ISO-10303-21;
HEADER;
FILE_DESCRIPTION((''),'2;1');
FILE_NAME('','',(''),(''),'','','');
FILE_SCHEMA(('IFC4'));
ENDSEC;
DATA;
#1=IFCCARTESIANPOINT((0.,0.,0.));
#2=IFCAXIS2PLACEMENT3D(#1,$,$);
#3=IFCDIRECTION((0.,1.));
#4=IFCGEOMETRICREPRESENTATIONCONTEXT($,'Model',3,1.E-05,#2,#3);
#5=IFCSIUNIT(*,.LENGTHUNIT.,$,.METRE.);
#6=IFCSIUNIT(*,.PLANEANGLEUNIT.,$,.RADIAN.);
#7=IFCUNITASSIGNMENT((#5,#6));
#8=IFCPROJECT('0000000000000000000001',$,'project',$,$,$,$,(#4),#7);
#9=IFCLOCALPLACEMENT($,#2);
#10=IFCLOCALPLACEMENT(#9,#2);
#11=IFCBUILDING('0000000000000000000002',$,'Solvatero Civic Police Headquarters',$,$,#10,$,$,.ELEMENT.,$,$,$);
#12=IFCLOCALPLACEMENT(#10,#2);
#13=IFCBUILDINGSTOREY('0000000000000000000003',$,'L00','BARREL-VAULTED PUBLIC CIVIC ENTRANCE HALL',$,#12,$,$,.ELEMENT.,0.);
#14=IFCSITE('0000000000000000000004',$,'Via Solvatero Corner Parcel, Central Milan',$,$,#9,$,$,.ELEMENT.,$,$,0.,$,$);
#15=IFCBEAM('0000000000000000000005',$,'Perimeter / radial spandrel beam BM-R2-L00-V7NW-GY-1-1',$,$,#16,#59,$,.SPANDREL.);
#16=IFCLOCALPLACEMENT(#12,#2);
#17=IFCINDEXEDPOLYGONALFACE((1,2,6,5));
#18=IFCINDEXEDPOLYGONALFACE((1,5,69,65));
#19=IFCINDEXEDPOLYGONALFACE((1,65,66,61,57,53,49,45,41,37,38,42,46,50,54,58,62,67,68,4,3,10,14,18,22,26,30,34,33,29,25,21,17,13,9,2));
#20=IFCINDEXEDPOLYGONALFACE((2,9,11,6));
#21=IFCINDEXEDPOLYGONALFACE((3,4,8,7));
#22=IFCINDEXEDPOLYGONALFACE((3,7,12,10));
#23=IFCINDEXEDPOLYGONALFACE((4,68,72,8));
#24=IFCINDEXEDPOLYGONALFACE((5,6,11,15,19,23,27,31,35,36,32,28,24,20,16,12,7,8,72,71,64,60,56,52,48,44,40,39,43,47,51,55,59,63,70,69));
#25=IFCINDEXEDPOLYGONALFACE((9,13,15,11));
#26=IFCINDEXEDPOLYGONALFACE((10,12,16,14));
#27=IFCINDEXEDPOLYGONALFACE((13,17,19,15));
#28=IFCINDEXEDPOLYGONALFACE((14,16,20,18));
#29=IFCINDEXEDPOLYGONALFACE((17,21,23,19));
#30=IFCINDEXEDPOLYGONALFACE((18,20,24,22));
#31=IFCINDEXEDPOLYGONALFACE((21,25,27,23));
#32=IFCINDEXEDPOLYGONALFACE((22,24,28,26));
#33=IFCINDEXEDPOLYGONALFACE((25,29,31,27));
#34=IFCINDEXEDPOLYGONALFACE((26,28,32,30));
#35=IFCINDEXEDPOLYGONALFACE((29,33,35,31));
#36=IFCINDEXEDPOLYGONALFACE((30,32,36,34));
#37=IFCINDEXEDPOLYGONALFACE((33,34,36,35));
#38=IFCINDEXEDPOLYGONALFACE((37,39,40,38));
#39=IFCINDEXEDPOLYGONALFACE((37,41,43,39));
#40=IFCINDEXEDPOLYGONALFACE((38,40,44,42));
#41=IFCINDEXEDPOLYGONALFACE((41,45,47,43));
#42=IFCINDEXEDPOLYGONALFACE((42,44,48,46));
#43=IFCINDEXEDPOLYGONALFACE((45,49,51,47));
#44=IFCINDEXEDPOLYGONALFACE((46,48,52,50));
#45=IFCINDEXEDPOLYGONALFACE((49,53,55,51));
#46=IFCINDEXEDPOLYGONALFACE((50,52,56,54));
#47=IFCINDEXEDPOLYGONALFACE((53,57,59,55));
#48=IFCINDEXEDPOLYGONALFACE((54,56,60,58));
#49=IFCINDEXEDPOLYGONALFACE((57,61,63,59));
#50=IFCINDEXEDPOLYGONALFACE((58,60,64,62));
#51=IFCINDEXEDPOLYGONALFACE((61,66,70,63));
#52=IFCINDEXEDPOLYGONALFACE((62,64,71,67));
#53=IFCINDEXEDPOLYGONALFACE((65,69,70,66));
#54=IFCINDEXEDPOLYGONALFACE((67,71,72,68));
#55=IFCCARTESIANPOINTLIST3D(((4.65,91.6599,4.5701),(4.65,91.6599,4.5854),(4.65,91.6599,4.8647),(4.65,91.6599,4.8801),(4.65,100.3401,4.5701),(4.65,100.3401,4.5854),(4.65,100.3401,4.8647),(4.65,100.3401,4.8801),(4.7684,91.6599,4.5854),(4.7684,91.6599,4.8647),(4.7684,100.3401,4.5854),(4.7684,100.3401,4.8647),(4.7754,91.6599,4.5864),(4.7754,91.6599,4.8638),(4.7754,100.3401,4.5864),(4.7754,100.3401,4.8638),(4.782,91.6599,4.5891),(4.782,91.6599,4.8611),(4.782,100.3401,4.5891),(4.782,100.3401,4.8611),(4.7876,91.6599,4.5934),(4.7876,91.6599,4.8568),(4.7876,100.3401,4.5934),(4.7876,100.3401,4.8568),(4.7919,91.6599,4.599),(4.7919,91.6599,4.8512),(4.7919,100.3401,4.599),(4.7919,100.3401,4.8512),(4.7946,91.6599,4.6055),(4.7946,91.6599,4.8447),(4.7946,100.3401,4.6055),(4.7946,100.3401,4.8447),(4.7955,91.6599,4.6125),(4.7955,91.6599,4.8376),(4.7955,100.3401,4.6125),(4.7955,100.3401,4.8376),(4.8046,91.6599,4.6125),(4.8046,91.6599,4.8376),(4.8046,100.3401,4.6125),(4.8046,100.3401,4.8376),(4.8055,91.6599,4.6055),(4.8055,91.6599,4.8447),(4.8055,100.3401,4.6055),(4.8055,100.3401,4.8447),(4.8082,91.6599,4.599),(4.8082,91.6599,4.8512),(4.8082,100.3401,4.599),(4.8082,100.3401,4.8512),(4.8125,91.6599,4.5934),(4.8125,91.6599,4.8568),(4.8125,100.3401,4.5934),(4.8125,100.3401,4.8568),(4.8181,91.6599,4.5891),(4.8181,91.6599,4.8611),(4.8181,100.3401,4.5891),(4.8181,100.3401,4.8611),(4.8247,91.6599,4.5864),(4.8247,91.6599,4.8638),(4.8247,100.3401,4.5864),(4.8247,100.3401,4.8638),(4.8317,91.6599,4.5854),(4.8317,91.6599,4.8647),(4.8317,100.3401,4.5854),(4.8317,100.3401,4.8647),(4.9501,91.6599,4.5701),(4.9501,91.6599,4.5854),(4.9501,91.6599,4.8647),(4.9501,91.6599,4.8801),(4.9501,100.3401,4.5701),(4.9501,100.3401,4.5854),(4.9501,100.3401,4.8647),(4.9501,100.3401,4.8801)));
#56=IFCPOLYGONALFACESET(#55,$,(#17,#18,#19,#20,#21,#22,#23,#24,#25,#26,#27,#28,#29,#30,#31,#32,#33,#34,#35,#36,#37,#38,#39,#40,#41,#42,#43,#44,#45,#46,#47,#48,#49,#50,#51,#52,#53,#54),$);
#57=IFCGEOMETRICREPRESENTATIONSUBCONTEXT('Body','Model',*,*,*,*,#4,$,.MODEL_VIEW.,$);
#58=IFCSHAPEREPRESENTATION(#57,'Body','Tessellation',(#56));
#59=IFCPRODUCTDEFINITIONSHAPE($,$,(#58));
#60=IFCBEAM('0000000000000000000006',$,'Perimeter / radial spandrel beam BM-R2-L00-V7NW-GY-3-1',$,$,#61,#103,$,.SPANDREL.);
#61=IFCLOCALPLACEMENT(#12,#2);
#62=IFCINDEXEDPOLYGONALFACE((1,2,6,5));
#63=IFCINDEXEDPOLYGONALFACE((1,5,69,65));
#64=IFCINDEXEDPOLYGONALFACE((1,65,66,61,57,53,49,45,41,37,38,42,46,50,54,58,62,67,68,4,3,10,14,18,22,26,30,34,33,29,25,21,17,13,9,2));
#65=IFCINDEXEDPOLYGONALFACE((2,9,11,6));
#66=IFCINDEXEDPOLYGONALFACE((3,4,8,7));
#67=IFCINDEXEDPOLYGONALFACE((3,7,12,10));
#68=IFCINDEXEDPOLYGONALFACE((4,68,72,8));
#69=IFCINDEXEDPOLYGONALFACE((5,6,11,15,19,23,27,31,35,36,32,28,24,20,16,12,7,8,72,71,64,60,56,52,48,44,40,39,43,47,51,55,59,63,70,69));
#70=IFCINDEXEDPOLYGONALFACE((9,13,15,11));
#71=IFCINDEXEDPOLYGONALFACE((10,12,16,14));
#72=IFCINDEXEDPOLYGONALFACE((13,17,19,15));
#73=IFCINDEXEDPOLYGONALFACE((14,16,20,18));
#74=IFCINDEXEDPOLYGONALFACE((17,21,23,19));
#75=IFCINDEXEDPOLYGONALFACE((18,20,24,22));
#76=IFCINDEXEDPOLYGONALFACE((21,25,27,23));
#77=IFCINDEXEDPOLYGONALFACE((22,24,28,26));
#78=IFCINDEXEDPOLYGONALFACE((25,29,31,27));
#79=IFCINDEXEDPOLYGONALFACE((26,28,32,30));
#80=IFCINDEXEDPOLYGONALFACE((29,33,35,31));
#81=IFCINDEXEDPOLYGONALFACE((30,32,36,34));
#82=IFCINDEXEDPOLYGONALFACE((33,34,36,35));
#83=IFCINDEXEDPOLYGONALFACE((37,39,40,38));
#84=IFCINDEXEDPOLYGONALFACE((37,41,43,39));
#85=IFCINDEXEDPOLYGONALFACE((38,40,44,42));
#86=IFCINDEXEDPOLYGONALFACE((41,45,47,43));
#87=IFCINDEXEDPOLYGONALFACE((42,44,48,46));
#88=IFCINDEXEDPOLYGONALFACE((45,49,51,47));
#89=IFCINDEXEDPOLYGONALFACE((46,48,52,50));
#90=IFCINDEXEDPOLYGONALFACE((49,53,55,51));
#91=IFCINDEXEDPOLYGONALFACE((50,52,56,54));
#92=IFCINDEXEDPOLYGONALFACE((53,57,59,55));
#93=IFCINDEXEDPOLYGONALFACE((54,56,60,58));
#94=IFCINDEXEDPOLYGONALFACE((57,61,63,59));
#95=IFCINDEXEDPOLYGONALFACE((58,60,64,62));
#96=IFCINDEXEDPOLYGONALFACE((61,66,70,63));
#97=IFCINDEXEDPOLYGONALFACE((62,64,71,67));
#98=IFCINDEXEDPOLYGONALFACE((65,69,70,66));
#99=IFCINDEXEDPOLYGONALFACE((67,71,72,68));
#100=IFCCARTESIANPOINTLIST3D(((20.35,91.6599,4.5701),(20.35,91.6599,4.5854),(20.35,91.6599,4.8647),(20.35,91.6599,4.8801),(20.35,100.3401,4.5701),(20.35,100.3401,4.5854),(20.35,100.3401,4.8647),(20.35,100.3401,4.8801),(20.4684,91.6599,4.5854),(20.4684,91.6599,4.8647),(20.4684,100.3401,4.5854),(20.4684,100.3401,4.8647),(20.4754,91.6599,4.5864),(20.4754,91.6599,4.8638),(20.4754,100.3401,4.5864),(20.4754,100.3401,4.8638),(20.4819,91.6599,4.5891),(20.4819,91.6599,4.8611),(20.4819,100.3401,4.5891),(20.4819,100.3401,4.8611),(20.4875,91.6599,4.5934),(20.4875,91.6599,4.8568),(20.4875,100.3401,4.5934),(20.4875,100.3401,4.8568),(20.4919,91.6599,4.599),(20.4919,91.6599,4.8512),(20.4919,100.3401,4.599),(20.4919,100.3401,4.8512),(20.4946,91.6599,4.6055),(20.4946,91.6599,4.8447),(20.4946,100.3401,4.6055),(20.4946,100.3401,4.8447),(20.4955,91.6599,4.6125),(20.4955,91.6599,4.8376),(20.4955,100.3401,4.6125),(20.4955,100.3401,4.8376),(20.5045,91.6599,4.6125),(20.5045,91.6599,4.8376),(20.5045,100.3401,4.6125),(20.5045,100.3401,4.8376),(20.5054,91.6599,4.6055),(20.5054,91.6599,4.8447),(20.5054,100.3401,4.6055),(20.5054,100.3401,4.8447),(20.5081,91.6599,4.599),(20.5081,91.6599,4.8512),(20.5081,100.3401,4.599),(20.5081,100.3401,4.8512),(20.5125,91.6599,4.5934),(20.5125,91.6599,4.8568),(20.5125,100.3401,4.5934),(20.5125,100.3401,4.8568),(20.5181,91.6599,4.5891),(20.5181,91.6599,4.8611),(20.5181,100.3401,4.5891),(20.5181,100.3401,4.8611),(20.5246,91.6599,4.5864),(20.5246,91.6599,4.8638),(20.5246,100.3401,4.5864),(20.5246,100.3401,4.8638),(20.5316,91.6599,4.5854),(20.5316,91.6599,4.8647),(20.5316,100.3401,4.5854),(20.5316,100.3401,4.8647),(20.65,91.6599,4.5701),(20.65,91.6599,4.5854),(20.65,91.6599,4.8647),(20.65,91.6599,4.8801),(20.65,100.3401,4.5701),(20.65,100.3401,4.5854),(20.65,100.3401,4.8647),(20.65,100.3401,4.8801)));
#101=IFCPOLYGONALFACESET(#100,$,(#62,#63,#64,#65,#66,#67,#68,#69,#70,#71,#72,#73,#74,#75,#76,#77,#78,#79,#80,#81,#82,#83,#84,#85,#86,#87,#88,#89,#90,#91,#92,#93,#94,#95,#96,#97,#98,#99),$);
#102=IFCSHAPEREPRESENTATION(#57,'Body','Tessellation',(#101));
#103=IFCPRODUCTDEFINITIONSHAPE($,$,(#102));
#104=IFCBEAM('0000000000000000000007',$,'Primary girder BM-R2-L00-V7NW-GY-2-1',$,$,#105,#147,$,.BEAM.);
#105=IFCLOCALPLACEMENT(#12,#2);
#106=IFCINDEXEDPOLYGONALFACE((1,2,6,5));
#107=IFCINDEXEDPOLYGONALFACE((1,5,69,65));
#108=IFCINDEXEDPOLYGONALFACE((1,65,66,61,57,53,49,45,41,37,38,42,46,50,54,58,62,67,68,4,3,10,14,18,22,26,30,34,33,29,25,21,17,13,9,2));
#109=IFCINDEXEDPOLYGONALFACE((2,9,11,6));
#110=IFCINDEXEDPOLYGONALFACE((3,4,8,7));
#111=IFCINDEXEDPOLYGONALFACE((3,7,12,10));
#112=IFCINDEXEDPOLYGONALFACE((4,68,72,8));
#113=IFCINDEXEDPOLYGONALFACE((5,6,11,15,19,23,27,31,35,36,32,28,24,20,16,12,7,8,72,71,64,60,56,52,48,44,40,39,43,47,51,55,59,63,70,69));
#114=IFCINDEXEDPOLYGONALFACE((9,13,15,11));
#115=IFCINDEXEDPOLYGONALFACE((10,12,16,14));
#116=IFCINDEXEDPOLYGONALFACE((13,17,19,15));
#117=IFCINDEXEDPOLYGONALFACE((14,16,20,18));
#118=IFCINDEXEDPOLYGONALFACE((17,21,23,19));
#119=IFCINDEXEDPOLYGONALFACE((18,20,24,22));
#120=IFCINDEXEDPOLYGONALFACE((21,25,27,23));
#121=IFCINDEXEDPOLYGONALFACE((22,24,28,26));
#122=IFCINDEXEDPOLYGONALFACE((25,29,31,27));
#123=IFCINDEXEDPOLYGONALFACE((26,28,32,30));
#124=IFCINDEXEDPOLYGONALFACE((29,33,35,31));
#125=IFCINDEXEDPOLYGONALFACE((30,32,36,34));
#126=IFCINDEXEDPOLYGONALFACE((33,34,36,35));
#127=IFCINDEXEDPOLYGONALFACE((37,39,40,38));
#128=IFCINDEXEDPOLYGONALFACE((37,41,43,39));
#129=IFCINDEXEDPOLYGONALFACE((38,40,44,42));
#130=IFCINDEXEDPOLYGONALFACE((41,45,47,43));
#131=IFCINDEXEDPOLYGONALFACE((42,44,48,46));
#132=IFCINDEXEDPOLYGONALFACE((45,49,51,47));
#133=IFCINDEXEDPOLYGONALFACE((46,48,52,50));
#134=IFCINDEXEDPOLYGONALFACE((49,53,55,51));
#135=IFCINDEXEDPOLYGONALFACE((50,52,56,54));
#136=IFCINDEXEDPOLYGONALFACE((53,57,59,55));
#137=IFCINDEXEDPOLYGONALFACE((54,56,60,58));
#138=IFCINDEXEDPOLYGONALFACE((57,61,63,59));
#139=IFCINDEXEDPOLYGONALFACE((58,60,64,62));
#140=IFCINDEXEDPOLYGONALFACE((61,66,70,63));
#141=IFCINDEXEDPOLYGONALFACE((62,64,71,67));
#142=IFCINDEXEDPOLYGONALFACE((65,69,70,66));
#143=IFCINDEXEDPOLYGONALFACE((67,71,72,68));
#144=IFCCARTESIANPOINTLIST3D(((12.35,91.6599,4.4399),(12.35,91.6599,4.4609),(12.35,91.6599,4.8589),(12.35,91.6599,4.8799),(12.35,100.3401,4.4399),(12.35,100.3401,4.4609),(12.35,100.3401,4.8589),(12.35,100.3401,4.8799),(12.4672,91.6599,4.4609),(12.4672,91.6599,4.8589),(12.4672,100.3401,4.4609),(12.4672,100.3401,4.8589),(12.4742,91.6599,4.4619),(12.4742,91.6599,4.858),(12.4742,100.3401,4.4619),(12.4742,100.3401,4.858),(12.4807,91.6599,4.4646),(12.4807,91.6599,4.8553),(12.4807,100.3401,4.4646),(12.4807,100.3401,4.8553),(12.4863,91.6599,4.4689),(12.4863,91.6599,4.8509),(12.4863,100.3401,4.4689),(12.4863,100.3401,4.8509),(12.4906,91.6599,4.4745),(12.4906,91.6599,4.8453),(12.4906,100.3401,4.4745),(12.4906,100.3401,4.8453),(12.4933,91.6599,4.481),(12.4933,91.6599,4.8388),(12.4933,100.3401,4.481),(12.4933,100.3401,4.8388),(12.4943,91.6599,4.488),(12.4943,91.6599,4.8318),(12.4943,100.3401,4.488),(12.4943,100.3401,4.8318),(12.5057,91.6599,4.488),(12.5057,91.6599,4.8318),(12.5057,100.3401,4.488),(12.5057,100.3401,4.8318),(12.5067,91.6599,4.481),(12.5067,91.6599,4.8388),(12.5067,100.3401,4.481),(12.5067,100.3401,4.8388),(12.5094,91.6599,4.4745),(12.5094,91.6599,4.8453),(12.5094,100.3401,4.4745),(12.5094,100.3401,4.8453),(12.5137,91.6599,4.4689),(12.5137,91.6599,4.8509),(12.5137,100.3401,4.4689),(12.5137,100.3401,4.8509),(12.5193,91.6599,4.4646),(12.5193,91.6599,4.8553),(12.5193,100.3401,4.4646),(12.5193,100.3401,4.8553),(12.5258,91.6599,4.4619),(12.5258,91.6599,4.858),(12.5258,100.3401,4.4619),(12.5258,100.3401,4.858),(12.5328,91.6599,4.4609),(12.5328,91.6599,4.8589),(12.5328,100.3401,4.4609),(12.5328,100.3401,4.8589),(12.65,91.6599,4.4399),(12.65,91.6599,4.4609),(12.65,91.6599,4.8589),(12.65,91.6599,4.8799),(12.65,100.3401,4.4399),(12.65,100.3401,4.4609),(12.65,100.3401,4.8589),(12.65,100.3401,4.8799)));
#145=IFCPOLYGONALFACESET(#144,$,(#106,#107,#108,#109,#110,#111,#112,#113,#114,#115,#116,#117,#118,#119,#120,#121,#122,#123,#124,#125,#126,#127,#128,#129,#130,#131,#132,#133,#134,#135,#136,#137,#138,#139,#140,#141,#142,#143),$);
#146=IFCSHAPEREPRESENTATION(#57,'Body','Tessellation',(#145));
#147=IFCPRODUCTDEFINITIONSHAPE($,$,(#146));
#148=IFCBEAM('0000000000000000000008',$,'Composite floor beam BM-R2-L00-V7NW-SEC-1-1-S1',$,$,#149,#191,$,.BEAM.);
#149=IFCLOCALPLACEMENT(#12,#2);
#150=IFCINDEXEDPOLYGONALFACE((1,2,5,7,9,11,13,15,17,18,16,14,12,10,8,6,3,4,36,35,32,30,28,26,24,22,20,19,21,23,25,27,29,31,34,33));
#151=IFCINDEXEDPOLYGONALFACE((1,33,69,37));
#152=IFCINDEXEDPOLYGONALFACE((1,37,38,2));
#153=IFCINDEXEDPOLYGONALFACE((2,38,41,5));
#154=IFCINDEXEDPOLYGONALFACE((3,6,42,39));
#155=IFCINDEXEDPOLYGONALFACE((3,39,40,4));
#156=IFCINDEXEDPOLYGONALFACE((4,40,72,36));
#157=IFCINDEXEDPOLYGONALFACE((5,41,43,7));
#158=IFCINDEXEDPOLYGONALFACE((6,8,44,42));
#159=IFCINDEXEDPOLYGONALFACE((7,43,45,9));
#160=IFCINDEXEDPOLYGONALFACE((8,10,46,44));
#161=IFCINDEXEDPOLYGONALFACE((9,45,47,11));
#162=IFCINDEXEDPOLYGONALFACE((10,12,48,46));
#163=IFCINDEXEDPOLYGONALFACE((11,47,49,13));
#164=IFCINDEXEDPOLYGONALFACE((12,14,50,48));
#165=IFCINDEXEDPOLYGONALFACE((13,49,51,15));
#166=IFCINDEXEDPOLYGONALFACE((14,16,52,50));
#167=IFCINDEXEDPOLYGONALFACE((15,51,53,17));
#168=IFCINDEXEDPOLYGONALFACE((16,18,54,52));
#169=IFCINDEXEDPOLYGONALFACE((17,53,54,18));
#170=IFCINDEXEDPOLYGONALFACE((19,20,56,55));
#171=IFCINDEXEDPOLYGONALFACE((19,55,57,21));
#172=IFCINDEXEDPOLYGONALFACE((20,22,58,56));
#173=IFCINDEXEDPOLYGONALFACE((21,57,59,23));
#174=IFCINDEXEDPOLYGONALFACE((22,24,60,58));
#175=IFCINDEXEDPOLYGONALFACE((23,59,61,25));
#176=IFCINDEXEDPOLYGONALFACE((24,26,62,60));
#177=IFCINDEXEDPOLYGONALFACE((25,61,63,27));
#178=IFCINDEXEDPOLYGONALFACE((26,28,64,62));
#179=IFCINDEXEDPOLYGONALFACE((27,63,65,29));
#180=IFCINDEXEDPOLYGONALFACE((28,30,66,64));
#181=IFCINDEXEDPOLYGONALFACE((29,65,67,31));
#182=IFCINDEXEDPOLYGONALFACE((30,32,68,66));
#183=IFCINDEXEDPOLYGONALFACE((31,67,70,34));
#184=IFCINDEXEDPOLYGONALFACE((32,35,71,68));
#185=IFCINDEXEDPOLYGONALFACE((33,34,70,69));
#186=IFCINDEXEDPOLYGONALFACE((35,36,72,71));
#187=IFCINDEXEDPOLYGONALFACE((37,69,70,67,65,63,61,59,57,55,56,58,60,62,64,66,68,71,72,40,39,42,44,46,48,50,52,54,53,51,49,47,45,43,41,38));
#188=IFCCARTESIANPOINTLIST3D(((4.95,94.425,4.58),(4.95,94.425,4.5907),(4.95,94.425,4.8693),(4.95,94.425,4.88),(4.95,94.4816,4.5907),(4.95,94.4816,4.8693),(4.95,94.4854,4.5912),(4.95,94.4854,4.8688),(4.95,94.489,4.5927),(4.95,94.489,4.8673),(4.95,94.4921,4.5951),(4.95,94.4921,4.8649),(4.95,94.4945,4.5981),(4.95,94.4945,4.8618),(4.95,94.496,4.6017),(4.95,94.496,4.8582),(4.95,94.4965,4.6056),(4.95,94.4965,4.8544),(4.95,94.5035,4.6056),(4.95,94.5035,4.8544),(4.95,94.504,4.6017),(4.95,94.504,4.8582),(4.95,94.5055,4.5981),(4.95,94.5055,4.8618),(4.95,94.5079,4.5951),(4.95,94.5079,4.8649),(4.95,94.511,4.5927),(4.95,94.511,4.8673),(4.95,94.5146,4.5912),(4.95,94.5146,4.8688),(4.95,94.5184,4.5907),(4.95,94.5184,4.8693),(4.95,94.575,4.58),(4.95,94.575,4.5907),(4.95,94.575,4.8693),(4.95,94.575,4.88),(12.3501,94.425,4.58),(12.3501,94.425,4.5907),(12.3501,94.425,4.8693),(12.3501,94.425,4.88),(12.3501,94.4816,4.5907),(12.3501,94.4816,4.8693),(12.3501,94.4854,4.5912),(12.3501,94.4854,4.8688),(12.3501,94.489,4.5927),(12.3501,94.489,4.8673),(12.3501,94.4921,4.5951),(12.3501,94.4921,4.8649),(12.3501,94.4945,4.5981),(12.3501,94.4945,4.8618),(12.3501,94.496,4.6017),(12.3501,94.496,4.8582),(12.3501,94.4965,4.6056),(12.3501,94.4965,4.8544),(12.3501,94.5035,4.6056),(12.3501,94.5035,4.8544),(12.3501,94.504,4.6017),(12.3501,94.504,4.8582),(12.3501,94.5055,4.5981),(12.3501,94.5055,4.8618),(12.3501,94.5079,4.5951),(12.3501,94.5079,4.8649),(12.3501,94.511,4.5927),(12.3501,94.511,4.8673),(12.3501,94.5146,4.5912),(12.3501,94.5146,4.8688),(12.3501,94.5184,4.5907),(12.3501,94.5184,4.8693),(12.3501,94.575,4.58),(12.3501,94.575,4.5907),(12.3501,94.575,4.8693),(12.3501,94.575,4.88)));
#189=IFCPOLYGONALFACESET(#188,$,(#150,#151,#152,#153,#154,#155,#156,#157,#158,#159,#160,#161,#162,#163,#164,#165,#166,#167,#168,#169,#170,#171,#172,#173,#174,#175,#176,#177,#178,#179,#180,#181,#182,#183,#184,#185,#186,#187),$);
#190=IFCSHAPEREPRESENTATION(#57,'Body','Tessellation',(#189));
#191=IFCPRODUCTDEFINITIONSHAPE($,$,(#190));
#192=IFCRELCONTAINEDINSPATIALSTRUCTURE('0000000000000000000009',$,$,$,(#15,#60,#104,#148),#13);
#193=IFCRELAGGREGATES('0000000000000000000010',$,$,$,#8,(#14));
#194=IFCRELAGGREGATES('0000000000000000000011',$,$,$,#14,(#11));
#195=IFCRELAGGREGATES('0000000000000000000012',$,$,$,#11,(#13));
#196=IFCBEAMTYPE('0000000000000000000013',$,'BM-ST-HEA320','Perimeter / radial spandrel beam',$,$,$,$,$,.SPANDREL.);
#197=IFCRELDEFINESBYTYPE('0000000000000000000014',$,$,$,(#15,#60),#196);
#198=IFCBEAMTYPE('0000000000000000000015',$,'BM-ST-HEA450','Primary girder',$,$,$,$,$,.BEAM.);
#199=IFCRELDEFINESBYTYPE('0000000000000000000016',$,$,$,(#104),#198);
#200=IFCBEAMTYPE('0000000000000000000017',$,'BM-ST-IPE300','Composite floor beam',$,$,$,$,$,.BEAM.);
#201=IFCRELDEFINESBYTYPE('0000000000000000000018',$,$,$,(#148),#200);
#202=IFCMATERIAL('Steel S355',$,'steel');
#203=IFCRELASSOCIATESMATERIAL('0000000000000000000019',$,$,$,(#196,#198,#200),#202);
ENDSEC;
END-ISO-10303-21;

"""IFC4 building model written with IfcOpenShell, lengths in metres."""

from ifc_helpers import new_model, si_unit, direction, frame, origin, origin_2d, place, context, subcontext, project, spatial, i_section, extrude, material, material_profile, profile_set, type_object, element, save


model = new_model("IFC4")

# Units and contexts
model_context = context("Model", 3, precision=1e-05, world=origin(), true_north=direction((0.0, 1.0)))
body_context = subcontext(model_context, "Body", "Model", "MODEL_VIEW")
ifc_project = project(units=[si_unit("LENGTHUNIT", "METRE"), si_unit("PLANEANGLEUNIT", "RADIAN")], contexts=[model_context])

# Site, building, storey
site_placement = place(None, origin())
site = spatial("IfcSite", under=ifc_project, at=site_placement, Name="Via Solvatero Corner Parcel, Central Milan", CompositionType="ELEMENT", RefElevation=0.0)
building_placement = place(site_placement, origin())
building = spatial("IfcBuilding", under=site, at=building_placement, Name="Solvatero Civic Police Headquarters", CompositionType="ELEMENT")
storey_placement = place(building_placement, origin())
storey = spatial("IfcBuildingStorey", under=building, at=storey_placement, Name="L00", Description="BARREL-VAULTED PUBLIC CIVIC ENTRANCE HALL", CompositionType="ELEMENT", Elevation=0.0)

# Beams
ifc_material_1 = material(Name="Steel S355", Category="steel")
ifc_material_profile_1 = material_profile(ifc_material_1, i_section(OverallWidth=0.3, OverallDepth=0.3101, WebThickness=0.009, FlangeThickness=0.0154, FilletRadius=0.0271, at=origin_2d()), Name="HEA 320")
ifc_profile_set_1 = profile_set([ifc_material_profile_1], Name="Steel S355")
beam_type_1 = type_object("IfcBeamType", Name="BM-ST-HEA320", Description="Perimeter / radial spandrel beam", PredefinedType="SPANDREL", material=ifc_profile_set_1)
for number, where, z_axis, x_axis, name in (
    (1, (4.8, 91.6599, 4.7251), (0.0, 1.0, 0.0), (-1.0, 0.0, 0.0), "Perimeter / radial spandrel beam BM-R2-L00-V7NW-GY-1-1"),
    (2, (20.5, 91.6599, 4.7251), (0.0, 1.0, 0.0), (-1.0, 0.0, 0.0), "Perimeter / radial spandrel beam BM-R2-L00-V7NW-GY-3-1"),
):
    element("IfcBeam", number, at=place(storey_placement, frame(where, z_axis=z_axis, x_axis=x_axis)), inside=storey, type_object=beam_type_1, Name=name, PredefinedType="SPANDREL", context=body_context, shape_type="SweptSolid", body=[
        extrude(i_section(OverallWidth=0.3, OverallDepth=0.3101, WebThickness=0.009, FlangeThickness=0.0154, FilletRadius=0.0271, at=origin_2d()), origin(), (0.0, 0.0, 1.0), 8.6802),
    ])
ifc_material_profile_2 = material_profile(ifc_material_1, i_section(OverallWidth=0.3, OverallDepth=0.4399, WebThickness=0.0115, FlangeThickness=0.021, FilletRadius=0.0271, at=origin_2d()), Name="HEA 450")
ifc_profile_set_2 = profile_set([ifc_material_profile_2], Name="Steel S355")
beam_type_2 = type_object("IfcBeamType", Name="BM-ST-HEA450", Description="Primary girder", PredefinedType="BEAM", material=ifc_profile_set_2)
beam_1_placement = place(storey_placement, frame((12.5, 91.6599, 4.6599), z_axis=(0.0, 1.0, 0.0), x_axis=(-1.0, 0.0, 0.0)))
element("IfcBeam", 3, at=beam_1_placement, inside=storey, type_object=beam_type_2, Name="Primary girder BM-R2-L00-V7NW-GY-2-1", PredefinedType="BEAM", context=body_context, shape_type="SweptSolid", body=[
    extrude(i_section(OverallWidth=0.3, OverallDepth=0.4399, WebThickness=0.0115, FlangeThickness=0.021, FilletRadius=0.0271, at=origin_2d()), origin(), (0.0, 0.0, 1.0), 8.6802),
])
ifc_material_profile_3 = material_profile(ifc_material_1, i_section(OverallWidth=0.1499, OverallDepth=0.3, WebThickness=0.0071, FlangeThickness=0.0107, FilletRadius=0.0149, at=origin_2d()), Name="IPE 300")
ifc_profile_set_3 = profile_set([ifc_material_profile_3], Name="Steel S355")
beam_type_3 = type_object("IfcBeamType", Name="BM-ST-IPE300", Description="Composite floor beam", PredefinedType="BEAM", material=ifc_profile_set_3)
for number, where, z_axis, x_axis, name in (
    (4, (4.95, 94.5, 4.73), (1.0, 0.0, 0.0), (0.0, 1.0, 0.0), "Composite floor beam BM-R2-L00-V7NW-SEC-1-1-S1"),
):
    element("IfcBeam", number, at=place(storey_placement, frame(where, z_axis=z_axis, x_axis=x_axis)), inside=storey, type_object=beam_type_3, Name=name, PredefinedType="BEAM", context=body_context, shape_type="SweptSolid", body=[
        extrude(i_section(OverallWidth=0.1499, OverallDepth=0.3, WebThickness=0.0071, FlangeThickness=0.0107, FilletRadius=0.0149, at=origin_2d()), origin(), (0.0, 0.0, 1.0), 7.4001),
    ])

save(model, "model.ifc")
